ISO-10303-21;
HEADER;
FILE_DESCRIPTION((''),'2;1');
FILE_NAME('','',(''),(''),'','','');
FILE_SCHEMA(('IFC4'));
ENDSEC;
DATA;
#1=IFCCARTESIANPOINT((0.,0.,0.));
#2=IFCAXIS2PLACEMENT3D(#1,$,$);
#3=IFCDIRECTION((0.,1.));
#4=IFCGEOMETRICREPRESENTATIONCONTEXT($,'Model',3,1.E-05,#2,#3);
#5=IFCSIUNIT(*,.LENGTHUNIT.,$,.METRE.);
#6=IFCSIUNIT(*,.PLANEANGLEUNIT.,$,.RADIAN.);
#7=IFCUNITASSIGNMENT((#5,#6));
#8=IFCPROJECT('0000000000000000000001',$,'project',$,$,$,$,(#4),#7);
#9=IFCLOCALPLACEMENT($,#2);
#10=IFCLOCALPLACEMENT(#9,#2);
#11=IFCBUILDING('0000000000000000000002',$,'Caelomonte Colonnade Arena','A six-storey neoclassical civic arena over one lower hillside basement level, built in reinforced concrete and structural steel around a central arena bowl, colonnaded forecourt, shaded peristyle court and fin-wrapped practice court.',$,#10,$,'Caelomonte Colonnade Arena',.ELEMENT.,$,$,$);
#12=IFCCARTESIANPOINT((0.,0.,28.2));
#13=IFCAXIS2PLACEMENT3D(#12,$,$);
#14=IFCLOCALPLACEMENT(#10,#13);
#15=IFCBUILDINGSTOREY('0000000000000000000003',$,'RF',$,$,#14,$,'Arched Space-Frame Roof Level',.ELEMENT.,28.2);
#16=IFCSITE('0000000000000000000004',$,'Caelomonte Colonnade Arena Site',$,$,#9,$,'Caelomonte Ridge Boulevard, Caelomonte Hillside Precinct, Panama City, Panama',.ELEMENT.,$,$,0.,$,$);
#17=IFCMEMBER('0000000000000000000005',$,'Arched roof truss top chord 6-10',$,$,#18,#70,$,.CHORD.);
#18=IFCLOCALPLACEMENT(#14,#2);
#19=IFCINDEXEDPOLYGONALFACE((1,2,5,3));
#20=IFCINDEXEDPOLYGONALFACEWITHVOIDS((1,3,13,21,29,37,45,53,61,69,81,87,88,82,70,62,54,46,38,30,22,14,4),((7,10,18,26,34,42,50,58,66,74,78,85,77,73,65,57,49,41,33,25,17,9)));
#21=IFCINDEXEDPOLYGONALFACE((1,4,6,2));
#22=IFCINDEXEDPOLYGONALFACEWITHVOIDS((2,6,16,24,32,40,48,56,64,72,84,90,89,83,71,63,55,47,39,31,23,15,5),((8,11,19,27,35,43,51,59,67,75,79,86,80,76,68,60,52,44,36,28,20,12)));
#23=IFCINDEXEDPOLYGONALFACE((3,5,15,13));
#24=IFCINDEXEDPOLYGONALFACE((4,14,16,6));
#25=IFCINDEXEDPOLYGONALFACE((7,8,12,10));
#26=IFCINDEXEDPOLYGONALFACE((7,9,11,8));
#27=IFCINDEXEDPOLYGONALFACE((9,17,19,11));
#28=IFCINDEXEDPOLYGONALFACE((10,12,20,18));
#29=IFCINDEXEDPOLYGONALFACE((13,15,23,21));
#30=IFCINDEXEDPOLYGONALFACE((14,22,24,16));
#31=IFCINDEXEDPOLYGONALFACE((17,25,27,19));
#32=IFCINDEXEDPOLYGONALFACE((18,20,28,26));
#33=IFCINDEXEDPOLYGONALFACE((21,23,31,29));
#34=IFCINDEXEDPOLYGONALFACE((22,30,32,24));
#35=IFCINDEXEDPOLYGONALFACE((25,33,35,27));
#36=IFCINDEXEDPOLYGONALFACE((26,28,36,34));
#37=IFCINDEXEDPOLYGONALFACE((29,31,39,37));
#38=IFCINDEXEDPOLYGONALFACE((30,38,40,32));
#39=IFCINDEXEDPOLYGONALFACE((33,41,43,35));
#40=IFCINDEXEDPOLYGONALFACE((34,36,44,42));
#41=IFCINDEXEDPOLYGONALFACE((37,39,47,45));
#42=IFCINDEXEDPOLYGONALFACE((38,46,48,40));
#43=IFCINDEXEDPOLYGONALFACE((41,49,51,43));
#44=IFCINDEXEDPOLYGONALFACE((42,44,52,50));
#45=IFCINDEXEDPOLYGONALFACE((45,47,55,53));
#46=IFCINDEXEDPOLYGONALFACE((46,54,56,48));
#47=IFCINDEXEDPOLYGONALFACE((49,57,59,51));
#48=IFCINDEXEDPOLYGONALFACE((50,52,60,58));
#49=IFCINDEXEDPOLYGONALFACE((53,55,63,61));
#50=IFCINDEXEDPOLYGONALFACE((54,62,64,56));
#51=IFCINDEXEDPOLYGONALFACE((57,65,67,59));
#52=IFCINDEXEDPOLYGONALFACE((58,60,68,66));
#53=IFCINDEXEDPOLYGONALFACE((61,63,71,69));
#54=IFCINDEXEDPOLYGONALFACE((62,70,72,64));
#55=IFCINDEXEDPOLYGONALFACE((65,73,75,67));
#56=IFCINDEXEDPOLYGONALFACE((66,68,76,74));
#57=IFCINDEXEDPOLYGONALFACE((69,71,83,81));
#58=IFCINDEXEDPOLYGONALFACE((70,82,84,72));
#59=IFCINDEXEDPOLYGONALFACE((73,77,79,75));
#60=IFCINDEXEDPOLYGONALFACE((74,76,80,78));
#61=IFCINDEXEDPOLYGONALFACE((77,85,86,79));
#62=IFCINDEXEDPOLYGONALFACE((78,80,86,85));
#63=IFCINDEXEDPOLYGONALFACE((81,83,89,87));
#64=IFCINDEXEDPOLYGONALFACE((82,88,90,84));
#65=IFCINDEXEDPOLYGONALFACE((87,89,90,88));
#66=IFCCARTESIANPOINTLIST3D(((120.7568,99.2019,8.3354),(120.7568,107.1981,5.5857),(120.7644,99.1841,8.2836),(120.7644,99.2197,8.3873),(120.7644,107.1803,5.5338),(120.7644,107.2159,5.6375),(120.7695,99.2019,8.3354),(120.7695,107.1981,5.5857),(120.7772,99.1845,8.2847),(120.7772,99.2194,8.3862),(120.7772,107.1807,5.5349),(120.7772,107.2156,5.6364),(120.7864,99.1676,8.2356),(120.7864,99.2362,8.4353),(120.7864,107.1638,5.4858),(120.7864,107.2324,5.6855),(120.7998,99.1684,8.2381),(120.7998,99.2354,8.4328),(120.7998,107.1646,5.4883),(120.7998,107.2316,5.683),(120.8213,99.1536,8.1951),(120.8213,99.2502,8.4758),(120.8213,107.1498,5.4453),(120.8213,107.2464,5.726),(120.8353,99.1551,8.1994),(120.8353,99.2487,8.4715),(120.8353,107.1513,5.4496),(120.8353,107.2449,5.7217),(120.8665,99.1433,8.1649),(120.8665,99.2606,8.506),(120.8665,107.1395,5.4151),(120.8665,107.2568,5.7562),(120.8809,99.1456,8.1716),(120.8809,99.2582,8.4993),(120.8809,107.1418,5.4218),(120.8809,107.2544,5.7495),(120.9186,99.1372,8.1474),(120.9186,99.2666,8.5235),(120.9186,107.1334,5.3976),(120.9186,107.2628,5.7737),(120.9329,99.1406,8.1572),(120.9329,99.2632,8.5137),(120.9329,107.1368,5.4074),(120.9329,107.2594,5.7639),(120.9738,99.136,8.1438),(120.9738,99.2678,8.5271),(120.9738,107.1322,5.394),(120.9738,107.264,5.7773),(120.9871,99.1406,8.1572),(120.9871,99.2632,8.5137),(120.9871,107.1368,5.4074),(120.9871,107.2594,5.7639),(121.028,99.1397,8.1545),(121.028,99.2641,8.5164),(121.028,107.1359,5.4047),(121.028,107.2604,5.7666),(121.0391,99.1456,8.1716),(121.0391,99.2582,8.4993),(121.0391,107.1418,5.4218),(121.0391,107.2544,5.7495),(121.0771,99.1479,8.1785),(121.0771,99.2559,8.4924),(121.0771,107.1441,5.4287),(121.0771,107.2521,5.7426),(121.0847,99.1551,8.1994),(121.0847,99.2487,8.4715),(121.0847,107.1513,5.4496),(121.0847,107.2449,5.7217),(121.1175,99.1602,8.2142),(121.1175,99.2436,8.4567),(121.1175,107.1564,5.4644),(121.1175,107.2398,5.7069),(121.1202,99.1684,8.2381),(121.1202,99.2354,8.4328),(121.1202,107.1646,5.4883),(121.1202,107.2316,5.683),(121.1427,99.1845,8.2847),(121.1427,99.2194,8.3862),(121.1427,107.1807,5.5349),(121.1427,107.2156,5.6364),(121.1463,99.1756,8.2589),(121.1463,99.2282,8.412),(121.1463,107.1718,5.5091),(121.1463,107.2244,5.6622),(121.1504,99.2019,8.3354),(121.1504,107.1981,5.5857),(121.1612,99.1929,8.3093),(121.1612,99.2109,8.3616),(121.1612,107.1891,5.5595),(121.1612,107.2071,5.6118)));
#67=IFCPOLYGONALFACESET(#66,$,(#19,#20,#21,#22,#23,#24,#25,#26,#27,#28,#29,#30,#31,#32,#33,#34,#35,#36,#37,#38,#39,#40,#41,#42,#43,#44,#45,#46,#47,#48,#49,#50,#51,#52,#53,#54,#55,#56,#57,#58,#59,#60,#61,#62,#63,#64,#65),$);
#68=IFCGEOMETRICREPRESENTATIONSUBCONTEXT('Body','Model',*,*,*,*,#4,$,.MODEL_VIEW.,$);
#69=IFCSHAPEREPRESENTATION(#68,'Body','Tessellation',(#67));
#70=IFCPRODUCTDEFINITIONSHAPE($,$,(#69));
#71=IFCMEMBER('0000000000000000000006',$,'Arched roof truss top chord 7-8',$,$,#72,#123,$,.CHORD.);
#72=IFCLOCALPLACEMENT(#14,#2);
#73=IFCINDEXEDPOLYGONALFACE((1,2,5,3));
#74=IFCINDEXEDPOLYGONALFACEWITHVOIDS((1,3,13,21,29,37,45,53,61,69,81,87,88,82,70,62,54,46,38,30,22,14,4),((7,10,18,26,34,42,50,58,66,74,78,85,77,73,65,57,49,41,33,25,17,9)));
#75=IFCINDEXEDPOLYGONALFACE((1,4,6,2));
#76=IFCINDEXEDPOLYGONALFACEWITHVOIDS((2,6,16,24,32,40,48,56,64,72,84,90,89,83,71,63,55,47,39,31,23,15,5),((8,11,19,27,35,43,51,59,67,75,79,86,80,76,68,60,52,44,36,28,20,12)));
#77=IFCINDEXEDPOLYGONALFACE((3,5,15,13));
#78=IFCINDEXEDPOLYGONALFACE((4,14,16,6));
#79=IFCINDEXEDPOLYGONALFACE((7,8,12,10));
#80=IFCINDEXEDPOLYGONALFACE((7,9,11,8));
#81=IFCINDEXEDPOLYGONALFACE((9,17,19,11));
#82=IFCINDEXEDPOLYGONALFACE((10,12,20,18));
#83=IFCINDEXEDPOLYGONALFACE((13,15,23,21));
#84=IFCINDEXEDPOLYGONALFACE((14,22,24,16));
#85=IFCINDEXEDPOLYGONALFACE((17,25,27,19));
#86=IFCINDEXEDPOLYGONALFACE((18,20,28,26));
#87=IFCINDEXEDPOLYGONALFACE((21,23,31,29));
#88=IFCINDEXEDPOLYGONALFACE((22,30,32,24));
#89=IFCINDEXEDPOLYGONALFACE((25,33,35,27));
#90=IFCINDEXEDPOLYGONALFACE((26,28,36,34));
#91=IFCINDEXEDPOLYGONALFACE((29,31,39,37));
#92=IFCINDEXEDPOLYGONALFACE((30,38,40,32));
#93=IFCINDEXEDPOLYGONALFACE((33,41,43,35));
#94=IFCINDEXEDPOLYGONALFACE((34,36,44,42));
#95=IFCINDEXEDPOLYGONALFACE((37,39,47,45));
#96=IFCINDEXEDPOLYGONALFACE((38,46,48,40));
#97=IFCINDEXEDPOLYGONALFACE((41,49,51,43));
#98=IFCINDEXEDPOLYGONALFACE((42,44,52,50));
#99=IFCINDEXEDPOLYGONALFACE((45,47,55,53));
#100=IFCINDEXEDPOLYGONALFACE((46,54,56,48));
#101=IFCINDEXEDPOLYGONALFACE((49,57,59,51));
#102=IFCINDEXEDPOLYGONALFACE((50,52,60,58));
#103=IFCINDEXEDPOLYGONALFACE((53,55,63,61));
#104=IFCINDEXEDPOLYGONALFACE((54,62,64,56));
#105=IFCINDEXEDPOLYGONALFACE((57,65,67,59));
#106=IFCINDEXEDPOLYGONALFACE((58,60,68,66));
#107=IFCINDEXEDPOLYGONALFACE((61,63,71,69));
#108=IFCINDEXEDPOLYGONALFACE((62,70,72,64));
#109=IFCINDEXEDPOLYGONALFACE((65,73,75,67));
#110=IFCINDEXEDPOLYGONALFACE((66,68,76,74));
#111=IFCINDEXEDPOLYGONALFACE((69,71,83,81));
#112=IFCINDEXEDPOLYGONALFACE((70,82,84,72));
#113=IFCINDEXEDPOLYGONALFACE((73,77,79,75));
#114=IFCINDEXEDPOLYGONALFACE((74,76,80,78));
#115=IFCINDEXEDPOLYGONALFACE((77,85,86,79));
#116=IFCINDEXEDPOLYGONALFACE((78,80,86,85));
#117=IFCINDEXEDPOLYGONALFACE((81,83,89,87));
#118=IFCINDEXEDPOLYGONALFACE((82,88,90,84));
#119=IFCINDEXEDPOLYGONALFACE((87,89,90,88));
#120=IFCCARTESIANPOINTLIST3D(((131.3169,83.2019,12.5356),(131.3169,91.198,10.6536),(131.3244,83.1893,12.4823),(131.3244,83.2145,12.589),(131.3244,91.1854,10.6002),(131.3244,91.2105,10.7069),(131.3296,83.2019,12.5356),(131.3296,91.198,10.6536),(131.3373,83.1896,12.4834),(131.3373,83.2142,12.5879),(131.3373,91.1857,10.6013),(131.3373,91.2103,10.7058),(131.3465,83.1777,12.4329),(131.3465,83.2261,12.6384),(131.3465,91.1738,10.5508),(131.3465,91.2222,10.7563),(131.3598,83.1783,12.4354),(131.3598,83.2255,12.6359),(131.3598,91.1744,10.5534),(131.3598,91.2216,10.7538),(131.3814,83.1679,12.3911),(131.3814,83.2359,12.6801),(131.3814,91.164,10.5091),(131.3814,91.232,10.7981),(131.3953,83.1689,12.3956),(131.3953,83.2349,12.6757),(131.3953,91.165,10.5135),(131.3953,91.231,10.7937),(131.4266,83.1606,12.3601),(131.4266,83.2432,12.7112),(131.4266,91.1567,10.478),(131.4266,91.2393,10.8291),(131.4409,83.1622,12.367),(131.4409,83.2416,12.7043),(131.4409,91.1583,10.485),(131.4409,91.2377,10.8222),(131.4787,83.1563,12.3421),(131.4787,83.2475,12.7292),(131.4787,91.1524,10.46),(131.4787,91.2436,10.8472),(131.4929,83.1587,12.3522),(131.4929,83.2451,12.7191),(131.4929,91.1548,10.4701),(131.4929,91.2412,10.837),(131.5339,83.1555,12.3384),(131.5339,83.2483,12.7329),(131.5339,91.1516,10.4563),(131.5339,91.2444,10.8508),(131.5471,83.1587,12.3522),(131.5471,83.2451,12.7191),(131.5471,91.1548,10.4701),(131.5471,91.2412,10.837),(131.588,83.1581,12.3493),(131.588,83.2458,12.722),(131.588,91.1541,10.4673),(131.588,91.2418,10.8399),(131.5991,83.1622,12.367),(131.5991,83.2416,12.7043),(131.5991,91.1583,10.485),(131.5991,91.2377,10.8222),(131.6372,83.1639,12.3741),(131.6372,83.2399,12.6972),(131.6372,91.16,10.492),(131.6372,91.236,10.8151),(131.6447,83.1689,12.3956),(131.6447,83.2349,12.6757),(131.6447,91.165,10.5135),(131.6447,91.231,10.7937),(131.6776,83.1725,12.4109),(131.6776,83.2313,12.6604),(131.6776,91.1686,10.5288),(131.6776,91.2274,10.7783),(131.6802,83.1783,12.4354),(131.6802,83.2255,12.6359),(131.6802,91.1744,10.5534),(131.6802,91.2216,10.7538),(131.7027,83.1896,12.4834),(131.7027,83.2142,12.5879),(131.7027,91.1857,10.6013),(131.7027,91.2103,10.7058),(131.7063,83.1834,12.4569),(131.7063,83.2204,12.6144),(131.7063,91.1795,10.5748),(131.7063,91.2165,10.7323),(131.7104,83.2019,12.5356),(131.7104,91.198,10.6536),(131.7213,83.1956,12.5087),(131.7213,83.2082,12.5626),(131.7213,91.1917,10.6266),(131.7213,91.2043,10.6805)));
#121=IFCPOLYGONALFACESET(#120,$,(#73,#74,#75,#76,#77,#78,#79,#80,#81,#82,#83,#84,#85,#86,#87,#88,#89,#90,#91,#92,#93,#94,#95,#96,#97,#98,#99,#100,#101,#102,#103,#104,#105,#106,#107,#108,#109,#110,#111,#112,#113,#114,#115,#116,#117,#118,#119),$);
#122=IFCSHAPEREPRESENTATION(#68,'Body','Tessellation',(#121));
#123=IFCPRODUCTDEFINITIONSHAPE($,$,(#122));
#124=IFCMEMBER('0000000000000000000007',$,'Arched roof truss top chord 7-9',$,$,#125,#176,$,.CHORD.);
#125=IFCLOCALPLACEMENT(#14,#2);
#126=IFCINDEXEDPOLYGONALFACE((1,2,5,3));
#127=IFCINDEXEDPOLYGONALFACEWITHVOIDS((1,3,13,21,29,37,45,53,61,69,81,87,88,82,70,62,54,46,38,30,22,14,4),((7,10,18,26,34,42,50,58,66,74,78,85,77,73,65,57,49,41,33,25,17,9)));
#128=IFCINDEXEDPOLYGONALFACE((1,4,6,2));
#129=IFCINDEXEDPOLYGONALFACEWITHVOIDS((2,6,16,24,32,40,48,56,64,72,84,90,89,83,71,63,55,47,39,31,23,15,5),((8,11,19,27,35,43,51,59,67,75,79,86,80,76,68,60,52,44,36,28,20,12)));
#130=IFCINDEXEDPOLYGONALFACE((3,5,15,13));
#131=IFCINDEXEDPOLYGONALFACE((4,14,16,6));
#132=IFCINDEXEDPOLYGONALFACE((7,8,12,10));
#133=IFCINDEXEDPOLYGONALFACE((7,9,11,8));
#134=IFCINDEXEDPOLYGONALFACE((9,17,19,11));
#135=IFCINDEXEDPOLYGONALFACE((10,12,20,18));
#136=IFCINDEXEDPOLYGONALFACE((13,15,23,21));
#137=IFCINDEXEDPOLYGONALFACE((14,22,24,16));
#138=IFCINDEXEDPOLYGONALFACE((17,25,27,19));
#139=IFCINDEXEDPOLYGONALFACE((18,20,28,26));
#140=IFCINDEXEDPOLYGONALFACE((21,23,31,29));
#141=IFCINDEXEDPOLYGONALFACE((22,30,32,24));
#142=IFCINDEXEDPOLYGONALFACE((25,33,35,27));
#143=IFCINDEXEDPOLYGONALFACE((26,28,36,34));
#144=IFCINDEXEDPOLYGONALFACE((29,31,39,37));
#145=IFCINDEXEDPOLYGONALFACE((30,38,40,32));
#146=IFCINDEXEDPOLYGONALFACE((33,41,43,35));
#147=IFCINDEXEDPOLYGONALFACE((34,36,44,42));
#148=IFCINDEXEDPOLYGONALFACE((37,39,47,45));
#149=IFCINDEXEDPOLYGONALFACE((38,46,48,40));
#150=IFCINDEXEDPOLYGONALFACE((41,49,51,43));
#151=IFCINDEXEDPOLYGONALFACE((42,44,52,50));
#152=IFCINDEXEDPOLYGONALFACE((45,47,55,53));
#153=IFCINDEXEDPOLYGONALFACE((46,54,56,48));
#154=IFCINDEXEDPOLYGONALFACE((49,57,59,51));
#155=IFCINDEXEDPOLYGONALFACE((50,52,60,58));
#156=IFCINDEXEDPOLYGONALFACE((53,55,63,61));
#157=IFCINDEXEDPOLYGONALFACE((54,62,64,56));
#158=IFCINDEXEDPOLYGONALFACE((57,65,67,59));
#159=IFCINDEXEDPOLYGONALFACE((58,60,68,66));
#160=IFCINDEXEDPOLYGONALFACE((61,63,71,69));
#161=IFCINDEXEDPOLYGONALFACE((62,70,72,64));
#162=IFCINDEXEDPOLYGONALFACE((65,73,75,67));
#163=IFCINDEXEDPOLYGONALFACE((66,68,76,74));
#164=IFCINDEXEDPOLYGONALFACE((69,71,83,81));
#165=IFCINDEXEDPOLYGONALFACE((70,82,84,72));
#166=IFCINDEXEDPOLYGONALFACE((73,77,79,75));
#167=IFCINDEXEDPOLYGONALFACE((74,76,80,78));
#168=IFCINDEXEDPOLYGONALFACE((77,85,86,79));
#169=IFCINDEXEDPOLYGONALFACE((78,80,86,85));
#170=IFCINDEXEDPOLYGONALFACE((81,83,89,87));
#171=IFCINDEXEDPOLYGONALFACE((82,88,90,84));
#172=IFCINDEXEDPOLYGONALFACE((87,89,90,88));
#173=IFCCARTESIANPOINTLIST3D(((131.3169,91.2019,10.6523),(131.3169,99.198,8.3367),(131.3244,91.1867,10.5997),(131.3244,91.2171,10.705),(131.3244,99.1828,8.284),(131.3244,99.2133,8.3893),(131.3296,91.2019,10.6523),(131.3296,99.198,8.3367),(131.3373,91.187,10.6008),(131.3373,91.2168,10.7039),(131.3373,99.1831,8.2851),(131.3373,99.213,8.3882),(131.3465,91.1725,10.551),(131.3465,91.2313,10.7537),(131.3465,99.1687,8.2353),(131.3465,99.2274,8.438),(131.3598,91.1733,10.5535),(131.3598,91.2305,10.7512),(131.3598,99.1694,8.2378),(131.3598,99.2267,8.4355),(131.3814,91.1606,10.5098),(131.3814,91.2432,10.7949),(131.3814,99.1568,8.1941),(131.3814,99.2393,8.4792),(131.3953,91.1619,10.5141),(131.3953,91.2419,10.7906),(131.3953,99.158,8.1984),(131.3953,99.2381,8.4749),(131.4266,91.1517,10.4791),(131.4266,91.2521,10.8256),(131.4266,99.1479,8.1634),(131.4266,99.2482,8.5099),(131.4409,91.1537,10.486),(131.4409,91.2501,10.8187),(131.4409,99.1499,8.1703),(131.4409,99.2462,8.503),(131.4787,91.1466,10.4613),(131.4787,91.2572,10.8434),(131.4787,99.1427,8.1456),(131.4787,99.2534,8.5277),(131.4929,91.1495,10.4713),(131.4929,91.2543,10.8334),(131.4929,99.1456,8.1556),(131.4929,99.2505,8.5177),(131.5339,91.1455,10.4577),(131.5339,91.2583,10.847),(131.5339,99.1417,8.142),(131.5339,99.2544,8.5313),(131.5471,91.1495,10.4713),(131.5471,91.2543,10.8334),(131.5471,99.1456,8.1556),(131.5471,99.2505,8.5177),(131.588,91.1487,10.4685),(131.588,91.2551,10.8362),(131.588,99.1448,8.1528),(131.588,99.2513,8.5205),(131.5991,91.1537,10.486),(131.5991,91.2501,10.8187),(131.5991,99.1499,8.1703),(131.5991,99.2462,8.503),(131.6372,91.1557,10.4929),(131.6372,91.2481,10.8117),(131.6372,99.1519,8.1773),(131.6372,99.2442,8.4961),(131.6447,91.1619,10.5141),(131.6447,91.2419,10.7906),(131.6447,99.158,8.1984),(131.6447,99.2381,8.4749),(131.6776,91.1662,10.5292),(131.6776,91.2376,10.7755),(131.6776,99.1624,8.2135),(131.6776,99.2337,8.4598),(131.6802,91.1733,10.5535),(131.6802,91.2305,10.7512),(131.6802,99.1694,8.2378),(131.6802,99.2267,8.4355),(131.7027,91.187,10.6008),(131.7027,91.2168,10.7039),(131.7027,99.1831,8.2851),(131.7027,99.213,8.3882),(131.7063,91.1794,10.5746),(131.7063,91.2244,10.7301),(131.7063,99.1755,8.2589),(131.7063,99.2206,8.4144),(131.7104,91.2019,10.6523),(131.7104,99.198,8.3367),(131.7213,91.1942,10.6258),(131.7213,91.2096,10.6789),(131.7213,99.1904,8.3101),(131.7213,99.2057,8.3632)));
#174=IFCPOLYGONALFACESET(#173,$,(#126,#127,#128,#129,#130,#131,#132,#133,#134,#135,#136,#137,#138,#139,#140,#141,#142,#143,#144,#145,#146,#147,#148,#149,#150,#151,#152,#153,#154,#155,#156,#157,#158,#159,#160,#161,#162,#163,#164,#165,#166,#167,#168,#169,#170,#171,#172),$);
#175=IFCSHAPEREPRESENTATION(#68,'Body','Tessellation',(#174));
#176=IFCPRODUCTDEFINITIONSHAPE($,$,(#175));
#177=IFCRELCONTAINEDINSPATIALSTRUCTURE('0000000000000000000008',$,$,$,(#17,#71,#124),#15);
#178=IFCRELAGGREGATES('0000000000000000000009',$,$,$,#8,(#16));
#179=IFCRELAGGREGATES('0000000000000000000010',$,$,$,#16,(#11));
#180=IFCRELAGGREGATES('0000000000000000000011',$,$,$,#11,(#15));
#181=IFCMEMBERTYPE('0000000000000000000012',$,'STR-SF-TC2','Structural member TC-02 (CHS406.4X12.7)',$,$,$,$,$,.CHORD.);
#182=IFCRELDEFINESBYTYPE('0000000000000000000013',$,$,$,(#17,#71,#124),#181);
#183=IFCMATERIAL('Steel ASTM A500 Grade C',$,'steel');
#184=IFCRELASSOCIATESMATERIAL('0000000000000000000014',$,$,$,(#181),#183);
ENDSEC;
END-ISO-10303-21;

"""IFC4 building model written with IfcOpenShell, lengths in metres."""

from ifc_helpers import new_model, si_unit, direction, frame, origin, origin_2d, place, context, subcontext, project, spatial, hollow_circle, extrude, material, material_profile, profile_set, type_object, element, save


model = new_model("IFC4")

# Units and contexts
model_context = context("Model", 3, precision=1e-05, world=origin(), true_north=direction((0.0, 1.0)))
body_context = subcontext(model_context, "Body", "Model", "MODEL_VIEW")
ifc_project = project(units=[si_unit("LENGTHUNIT", "METRE"), si_unit("PLANEANGLEUNIT", "RADIAN")], contexts=[model_context])

# Site, building, storey
site_placement = place(None, origin())
site = spatial("IfcSite", under=ifc_project, at=site_placement, Name="Caelomonte Colonnade Arena Site", LongName="Caelomonte Ridge Boulevard, Caelomonte Hillside Precinct, Panama City, Panama", CompositionType="ELEMENT", RefElevation=0.0)
building_placement = place(site_placement, origin())
building = spatial("IfcBuilding", under=site, at=building_placement, Name="Caelomonte Colonnade Arena", Description="A six-storey neoclassical civic arena over one lower hillside basement level, built in reinforced concrete and structural steel around a central arena bowl, colonnaded forecourt, shaded peristyle court and fin-wrapped practice court.", LongName="Caelomonte Colonnade Arena", CompositionType="ELEMENT")
storey_placement = place(building_placement, frame((0.0, 0.0, 28.2)))
storey = spatial("IfcBuildingStorey", under=building, at=storey_placement, Name="RF", LongName="Arched Space-Frame Roof Level", CompositionType="ELEMENT", Elevation=28.2)

# Members
ifc_material_1 = material(Name="Steel ASTM A500 Grade C", Category="steel")
ifc_material_profile_1 = material_profile(ifc_material_1, hollow_circle(Radius=0.2031, WallThickness=0.0127, at=origin_2d()), Name="CHS406.4X12.7")
ifc_profile_set_1 = profile_set([ifc_material_profile_1], Name="Steel ASTM A500 Grade C")
member_type_1 = type_object("IfcMemberType", Name="STR-SF-TC2", Description="Structural member TC-02 (CHS406.4X12.7)", PredefinedType="CHORD", material=ifc_profile_set_1)
member_1_placement = place(storey_placement, frame((120.96, 99.2019, 8.3354), z_axis=(0.0, 0.945647, -0.325196), x_axis=(-1.0, 0.0, 0.0)))
element("IfcMember", 1, at=member_1_placement, inside=storey, type_object=member_type_1, Name="Arched roof truss top chord 6-10", PredefinedType="CHORD", context=body_context, shape_type="SweptSolid", body=[
    extrude(hollow_circle(Radius=0.2031, WallThickness=0.0127, at=origin_2d()), origin(), (0.0, 0.0, 1.0), 8.4558),
])
member_2_placement = place(storey_placement, frame((131.52, 83.2019, 12.5356), z_axis=(0.0, 0.9734, -0.229114), x_axis=(-1.0, 0.0, 0.0)))
element("IfcMember", 2, at=member_2_placement, inside=storey, type_object=member_type_1, Name="Arched roof truss top chord 7-8", PredefinedType="CHORD", context=body_context, shape_type="SweptSolid", body=[
    extrude(hollow_circle(Radius=0.2031, WallThickness=0.0127, at=origin_2d()), origin(), (0.0, 0.0, 1.0), 8.2146),
])
member_3_placement = place(storey_placement, frame((131.52, 91.2019, 10.6523), z_axis=(0.0, 0.960532, -0.278171), x_axis=(-1.0, 0.0, 0.0)))
element("IfcMember", 3, at=member_3_placement, inside=storey, type_object=member_type_1, Name="Arched roof truss top chord 7-9", PredefinedType="CHORD", context=body_context, shape_type="SweptSolid", body=[
    extrude(hollow_circle(Radius=0.2031, WallThickness=0.0127, at=origin_2d()), origin(), (0.0, 0.0, 1.0), 8.3247),
])

save(model, "model.ifc")
